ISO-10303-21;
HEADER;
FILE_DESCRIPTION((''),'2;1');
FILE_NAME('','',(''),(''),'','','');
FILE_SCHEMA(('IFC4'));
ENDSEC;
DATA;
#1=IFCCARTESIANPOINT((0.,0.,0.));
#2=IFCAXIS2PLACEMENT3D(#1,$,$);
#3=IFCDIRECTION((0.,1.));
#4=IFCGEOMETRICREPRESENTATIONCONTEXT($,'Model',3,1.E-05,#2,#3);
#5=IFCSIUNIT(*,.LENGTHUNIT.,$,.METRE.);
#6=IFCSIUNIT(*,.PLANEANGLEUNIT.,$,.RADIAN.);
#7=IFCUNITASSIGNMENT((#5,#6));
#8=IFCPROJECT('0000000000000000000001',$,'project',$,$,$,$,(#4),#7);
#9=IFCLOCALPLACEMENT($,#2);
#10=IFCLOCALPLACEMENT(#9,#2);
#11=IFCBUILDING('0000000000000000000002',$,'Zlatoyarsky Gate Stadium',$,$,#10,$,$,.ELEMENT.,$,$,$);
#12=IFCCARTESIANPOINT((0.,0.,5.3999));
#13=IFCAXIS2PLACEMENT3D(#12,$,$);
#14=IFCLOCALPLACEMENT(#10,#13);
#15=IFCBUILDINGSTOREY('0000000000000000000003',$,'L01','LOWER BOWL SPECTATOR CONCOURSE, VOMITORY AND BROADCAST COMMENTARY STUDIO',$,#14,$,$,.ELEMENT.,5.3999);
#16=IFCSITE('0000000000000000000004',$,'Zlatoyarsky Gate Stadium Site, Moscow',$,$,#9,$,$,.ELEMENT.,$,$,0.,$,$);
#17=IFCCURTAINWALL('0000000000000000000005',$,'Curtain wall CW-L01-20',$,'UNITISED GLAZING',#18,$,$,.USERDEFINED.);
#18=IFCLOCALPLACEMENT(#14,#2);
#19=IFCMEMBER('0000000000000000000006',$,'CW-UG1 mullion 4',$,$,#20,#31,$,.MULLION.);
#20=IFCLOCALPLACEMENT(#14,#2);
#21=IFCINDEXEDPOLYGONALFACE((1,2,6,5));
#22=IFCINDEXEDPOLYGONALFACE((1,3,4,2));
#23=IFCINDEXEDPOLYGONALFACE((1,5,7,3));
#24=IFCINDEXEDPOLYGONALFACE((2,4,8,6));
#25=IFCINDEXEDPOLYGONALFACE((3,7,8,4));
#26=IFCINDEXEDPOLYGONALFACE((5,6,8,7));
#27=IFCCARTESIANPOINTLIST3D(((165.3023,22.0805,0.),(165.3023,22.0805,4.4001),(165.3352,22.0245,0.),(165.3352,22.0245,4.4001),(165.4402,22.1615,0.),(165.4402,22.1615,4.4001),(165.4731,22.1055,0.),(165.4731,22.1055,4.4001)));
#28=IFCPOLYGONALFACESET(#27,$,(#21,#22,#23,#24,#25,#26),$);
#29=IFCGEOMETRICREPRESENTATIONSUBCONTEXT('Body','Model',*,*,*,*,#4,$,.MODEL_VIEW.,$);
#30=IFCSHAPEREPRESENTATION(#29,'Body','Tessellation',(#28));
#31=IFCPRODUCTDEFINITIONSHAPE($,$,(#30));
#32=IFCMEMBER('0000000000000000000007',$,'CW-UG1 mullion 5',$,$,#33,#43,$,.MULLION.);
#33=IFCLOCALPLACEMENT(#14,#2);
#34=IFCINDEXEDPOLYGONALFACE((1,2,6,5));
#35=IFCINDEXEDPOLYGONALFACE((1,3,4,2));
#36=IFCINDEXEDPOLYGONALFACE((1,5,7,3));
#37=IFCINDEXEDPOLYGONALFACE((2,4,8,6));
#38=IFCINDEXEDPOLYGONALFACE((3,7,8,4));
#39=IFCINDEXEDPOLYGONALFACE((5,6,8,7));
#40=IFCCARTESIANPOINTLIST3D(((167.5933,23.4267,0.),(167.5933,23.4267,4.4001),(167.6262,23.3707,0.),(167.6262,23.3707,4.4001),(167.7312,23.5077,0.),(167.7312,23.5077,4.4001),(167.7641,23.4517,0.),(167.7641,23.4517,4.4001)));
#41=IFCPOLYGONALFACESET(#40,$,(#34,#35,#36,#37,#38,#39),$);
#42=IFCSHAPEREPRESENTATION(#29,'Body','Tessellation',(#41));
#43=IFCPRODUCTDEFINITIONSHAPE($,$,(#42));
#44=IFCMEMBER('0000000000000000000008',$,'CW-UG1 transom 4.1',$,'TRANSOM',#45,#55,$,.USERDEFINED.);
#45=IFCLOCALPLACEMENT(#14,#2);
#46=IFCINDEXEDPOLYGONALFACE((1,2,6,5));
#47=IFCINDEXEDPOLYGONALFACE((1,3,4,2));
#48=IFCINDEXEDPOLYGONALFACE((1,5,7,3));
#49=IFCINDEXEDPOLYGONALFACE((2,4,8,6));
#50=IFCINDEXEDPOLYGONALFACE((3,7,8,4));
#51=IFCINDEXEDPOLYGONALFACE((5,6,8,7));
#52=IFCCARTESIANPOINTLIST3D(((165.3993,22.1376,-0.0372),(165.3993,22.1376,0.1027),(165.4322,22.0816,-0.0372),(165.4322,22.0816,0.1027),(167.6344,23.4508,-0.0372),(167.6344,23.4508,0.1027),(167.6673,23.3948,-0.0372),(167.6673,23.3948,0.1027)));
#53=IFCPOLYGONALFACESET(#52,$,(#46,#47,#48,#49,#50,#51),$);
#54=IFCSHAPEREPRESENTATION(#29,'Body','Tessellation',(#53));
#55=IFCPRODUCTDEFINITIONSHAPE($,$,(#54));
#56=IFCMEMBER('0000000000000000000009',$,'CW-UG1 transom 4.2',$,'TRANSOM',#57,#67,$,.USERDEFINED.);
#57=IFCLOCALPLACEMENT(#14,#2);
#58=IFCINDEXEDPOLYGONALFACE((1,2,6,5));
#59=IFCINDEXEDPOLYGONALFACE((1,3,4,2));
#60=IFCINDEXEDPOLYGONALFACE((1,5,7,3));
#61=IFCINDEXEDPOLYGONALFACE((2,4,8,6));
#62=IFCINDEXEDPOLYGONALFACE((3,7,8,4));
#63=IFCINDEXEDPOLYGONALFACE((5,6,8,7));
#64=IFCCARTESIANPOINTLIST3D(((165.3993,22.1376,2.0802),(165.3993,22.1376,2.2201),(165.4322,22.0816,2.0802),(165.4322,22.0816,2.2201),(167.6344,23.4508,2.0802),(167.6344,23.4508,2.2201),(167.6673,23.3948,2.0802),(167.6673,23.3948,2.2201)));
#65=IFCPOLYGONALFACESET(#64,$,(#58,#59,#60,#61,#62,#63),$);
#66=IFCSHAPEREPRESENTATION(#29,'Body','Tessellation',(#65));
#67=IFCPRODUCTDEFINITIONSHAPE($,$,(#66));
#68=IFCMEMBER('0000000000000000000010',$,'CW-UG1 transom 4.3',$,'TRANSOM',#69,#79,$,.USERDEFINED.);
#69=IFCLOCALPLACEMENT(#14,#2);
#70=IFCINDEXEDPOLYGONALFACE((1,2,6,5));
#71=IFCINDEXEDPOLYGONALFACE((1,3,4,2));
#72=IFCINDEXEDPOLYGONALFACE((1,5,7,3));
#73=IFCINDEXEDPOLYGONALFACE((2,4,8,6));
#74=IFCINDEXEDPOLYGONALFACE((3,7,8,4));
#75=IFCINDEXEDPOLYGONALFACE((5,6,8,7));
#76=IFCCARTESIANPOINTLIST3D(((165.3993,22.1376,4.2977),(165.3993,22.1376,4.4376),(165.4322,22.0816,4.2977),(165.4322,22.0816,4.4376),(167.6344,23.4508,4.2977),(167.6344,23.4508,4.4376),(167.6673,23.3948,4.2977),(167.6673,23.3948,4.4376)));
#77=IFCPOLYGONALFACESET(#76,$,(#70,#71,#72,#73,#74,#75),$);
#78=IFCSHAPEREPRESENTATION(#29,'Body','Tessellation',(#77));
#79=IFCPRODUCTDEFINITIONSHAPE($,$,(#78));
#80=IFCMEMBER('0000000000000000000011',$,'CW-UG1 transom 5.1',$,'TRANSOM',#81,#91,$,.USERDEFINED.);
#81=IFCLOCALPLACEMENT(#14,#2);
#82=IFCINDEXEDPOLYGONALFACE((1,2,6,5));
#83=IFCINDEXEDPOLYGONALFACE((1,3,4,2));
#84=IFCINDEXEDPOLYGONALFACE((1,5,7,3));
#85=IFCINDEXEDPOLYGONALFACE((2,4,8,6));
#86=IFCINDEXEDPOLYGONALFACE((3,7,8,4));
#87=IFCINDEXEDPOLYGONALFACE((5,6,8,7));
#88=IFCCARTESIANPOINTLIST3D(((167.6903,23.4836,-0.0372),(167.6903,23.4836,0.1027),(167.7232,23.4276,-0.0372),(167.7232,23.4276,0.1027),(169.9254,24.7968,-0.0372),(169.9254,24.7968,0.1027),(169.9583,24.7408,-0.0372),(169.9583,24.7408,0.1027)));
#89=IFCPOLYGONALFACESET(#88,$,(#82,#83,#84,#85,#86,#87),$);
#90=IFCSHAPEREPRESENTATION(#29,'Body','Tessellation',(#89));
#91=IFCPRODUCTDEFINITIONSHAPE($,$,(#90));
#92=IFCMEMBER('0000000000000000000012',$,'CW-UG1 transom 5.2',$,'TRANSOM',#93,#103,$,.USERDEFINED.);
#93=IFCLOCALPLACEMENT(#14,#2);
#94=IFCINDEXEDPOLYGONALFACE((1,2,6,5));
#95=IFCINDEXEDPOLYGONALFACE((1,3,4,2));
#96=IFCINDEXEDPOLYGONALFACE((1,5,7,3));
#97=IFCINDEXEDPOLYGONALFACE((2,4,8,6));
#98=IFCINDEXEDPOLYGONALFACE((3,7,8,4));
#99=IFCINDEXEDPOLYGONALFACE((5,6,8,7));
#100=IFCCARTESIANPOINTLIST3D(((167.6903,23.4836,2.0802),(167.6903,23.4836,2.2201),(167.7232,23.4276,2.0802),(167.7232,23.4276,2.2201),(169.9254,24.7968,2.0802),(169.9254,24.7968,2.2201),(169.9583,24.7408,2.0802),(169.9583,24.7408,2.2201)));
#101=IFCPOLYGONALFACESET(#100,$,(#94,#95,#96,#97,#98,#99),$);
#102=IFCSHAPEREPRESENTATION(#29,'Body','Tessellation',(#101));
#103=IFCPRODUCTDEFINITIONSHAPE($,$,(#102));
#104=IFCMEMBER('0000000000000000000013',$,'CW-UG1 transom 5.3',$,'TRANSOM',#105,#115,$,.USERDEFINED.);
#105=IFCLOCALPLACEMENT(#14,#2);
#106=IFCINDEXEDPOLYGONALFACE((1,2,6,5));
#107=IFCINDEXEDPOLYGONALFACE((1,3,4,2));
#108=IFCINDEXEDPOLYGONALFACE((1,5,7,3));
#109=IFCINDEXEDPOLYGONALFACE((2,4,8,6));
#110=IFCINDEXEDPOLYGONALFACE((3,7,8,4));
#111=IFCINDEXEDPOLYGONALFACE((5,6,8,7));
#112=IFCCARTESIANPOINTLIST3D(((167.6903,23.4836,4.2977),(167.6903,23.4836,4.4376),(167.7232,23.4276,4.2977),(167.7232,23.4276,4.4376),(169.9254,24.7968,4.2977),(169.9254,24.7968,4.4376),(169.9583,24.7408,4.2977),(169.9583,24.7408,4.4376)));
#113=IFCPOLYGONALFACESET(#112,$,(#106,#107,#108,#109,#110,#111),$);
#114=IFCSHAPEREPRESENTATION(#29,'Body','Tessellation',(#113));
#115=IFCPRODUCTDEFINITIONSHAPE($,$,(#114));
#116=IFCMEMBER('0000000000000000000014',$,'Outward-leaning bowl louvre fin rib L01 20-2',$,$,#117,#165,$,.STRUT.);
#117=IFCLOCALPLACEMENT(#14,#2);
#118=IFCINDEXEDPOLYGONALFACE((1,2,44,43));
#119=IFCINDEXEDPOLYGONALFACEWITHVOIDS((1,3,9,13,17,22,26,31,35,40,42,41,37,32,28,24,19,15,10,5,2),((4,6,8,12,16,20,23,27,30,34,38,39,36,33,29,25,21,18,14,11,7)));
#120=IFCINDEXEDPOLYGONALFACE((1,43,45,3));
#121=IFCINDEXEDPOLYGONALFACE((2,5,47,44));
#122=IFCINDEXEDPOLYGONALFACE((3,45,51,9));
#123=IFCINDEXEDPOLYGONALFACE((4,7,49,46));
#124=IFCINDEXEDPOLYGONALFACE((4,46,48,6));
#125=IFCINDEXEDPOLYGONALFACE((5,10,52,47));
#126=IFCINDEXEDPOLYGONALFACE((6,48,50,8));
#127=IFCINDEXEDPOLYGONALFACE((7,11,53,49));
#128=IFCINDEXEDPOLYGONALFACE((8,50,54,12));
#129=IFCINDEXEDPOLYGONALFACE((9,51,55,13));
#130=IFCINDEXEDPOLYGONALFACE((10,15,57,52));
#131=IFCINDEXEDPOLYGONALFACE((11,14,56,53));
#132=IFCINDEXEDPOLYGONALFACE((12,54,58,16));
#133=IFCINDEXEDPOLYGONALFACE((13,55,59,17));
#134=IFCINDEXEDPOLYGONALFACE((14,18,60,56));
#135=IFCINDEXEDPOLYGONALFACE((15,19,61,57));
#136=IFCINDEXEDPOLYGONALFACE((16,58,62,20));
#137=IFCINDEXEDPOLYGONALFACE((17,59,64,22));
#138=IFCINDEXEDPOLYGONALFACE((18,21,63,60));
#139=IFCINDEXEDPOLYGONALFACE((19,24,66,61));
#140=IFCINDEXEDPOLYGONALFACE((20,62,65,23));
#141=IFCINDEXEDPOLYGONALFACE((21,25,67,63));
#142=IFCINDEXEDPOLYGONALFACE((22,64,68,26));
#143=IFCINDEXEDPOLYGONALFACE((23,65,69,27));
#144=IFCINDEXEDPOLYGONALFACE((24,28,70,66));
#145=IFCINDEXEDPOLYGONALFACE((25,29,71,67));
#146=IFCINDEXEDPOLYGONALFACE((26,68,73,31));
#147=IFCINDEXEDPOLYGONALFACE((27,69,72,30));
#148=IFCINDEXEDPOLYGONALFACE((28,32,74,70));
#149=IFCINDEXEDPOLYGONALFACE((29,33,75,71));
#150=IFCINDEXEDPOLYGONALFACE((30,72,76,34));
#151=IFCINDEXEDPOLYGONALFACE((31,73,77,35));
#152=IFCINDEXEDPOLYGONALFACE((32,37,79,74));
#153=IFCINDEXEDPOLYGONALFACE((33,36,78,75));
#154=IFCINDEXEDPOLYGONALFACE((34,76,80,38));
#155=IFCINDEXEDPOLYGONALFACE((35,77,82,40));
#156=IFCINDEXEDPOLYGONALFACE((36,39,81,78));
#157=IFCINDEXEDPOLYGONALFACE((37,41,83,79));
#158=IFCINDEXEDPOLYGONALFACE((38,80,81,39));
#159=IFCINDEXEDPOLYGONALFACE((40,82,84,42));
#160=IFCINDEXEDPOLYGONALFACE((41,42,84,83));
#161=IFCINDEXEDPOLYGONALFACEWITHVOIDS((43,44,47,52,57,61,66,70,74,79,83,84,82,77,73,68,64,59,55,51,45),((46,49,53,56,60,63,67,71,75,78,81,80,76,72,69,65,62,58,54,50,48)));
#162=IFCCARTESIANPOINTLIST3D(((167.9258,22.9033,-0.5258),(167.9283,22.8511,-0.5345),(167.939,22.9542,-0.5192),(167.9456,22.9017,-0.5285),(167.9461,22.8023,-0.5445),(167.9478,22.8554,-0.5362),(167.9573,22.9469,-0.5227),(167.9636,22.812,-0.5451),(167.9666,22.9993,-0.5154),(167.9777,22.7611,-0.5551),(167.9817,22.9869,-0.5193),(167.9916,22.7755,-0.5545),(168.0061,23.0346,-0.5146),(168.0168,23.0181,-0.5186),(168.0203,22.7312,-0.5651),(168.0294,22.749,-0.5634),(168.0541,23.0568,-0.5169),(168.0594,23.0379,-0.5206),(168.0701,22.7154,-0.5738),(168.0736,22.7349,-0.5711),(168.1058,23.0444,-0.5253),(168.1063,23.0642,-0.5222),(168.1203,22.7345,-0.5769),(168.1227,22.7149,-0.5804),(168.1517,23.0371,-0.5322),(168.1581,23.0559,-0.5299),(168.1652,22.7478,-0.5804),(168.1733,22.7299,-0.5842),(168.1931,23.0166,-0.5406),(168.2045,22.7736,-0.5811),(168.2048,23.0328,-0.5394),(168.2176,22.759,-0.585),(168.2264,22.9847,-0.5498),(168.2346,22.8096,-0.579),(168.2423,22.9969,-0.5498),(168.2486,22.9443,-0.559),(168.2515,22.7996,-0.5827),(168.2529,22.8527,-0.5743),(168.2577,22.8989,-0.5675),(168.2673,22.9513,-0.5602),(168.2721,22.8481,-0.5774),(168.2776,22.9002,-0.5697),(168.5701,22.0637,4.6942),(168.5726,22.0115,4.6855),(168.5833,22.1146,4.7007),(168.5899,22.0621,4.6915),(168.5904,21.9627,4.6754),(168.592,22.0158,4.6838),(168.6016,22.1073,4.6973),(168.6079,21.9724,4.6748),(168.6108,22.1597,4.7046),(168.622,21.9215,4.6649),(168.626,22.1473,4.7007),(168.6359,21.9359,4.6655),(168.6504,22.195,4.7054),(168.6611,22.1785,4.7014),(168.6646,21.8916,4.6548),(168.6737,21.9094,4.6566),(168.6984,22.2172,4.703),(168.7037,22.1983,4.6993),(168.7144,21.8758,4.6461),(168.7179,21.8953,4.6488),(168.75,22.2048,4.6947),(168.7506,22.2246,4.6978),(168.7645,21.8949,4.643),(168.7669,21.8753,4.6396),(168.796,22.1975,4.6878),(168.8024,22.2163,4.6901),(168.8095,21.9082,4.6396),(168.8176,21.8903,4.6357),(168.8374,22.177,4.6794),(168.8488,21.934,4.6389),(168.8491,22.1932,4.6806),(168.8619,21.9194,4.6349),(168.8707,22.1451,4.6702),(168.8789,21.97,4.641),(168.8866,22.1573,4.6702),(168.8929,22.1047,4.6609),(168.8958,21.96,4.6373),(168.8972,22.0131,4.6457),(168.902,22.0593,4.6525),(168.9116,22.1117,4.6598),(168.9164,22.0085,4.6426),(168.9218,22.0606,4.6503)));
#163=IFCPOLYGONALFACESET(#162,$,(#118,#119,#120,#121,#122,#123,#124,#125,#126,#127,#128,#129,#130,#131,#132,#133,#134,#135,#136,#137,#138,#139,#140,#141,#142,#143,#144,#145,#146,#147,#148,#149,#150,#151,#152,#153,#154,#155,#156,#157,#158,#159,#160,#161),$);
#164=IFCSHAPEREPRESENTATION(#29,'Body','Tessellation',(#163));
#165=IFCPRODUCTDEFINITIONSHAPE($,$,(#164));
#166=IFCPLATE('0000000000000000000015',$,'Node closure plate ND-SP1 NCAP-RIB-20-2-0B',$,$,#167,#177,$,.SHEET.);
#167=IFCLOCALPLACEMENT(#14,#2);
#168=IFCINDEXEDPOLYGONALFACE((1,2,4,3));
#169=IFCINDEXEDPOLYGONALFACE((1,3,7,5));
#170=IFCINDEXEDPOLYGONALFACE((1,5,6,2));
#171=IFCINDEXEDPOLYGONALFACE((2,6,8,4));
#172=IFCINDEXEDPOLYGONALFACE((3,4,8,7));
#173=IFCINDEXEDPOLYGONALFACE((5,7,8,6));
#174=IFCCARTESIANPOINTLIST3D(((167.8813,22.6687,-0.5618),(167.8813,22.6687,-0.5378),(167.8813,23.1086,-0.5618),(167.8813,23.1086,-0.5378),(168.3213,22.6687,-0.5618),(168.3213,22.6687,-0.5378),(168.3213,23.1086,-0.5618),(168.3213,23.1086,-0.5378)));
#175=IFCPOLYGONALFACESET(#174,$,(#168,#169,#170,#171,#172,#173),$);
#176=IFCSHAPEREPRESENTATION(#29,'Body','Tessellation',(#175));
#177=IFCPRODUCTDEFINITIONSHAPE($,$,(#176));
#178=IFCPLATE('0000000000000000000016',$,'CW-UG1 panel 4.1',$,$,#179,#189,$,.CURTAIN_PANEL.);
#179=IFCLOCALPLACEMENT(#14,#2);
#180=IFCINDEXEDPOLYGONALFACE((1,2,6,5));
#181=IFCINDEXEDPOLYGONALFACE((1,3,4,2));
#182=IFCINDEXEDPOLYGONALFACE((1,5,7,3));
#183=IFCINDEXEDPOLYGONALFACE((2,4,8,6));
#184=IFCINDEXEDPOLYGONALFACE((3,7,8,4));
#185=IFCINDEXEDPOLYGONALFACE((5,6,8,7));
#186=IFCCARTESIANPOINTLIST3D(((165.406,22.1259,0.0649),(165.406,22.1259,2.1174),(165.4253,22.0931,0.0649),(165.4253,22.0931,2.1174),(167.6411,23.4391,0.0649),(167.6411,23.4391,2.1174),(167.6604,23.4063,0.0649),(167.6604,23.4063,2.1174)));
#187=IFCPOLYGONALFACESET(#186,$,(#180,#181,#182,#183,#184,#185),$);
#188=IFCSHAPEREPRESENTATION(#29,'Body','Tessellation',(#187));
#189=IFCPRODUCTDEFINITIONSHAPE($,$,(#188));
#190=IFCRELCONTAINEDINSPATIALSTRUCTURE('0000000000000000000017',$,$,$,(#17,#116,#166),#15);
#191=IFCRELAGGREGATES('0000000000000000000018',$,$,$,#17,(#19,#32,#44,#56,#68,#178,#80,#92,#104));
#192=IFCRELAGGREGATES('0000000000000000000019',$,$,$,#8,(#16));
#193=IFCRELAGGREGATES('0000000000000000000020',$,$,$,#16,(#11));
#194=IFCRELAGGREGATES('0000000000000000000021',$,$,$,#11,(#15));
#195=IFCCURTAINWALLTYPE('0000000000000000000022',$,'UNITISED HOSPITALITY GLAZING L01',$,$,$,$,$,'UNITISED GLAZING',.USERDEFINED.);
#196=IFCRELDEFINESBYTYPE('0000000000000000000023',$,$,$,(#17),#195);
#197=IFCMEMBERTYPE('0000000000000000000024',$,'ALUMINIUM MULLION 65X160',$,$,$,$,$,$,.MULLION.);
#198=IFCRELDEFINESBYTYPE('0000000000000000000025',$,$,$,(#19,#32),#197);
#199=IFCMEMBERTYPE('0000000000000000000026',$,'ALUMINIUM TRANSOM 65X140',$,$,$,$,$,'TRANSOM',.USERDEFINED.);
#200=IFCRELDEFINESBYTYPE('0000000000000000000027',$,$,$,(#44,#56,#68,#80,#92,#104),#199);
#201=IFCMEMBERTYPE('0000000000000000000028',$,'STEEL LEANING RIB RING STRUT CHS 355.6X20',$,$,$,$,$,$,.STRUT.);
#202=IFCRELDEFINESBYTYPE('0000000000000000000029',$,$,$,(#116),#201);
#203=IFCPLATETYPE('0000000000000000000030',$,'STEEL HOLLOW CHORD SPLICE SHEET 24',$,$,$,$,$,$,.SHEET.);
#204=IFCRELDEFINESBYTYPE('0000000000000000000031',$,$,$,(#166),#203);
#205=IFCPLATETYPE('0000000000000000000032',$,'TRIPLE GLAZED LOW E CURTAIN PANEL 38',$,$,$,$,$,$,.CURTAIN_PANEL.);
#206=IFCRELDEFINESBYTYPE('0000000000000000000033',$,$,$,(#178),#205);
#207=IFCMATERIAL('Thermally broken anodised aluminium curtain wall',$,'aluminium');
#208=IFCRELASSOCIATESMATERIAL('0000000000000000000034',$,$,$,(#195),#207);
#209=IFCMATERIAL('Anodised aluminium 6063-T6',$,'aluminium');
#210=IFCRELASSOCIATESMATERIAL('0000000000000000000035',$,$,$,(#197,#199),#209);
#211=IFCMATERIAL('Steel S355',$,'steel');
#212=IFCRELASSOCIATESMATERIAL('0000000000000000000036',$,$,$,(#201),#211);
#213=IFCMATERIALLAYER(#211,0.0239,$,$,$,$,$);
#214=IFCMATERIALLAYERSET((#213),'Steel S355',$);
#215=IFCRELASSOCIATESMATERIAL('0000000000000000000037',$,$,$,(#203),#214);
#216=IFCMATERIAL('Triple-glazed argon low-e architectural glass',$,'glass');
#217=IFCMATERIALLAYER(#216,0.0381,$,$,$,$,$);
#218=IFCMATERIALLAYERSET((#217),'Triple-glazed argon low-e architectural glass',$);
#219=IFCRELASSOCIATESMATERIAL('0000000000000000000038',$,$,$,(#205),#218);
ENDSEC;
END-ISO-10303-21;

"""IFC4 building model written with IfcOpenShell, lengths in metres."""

from ifc_helpers import new_model, si_unit, direction, frame, origin, origin_2d, place, context, subcontext, project, spatial, rectangle, hollow_circle, extrude, material, layer, layer_set, material_profile, profile_set, type_object, element, aggregate, save


model = new_model("IFC4")

# Units and contexts
model_context = context("Model", 3, precision=1e-05, world=origin(), true_north=direction((0.0, 1.0)))
body_context = subcontext(model_context, "Body", "Model", "MODEL_VIEW")
ifc_project = project(units=[si_unit("LENGTHUNIT", "METRE"), si_unit("PLANEANGLEUNIT", "RADIAN")], contexts=[model_context])

# Site, building, storey
site_placement = place(None, origin())
site = spatial("IfcSite", under=ifc_project, at=site_placement, Name="Zlatoyarsky Gate Stadium Site, Moscow", CompositionType="ELEMENT", RefElevation=0.0)
building_placement = place(site_placement, origin())
building = spatial("IfcBuilding", under=site, at=building_placement, Name="Zlatoyarsky Gate Stadium", CompositionType="ELEMENT")
storey_placement = place(building_placement, frame((0.0, 0.0, 5.3999)))
storey = spatial("IfcBuildingStorey", under=building, at=storey_placement, Name="L01", Description="LOWER BOWL SPECTATOR CONCOURSE, VOMITORY AND BROADCAST COMMENTARY STUDIO", CompositionType="ELEMENT", Elevation=5.3999)

# Curtain wall, members
ifc_material_1 = material(Name="Thermally broken anodised aluminium curtain wall", Category="aluminium")
curtain_wall_type = type_object("IfcCurtainWallType", Name="UNITISED HOSPITALITY GLAZING L01", ElementType="UNITISED GLAZING", PredefinedType="USERDEFINED", material=ifc_material_1)
curtain_wall_placement = place(storey_placement, origin())
curtain_wall = element("IfcCurtainWall", 1, at=curtain_wall_placement, inside=storey, type_object=curtain_wall_type, Name="Curtain wall CW-L01-20", ObjectType="UNITISED GLAZING", PredefinedType="USERDEFINED")
ifc_material_2 = material(Name="Anodised aluminium 6063-T6", Category="aluminium")
ifc_material_profile_1 = material_profile(ifc_material_2, rectangle(XDim=0.0649, YDim=0.1599, at=origin_2d()), Name="ALU 65X160")
ifc_profile_set_1 = profile_set([ifc_material_profile_1], Name="Anodised aluminium 6063-T6")
member_type_1 = type_object("IfcMemberType", Name="ALUMINIUM MULLION 65X160", PredefinedType="MULLION", material=ifc_profile_set_1)
member_1_placement = place(storey_placement, frame((165.3877, 22.093, 0.0), z_axis=(0.0, 0.0, 1.0), x_axis=(-0.50659, 0.862187, 0.0)))
member_1 = element("IfcMember", 2, at=member_1_placement, type_object=member_type_1, Name="CW-UG1 mullion 4", PredefinedType="MULLION", context=body_context, shape_type="SweptSolid", body=[
    extrude(rectangle(XDim=0.0649, YDim=0.1599, at=origin_2d()), origin(), (0.0, 0.0, 1.0), 4.4001),
])
member_2_placement = place(storey_placement, frame((167.6787, 23.4392, 0.0), z_axis=(0.0, 0.0, 1.0), x_axis=(-0.50659, 0.862187, 0.0)))
member_2 = element("IfcMember", 3, at=member_2_placement, type_object=member_type_1, Name="CW-UG1 mullion 5", PredefinedType="MULLION", context=body_context, shape_type="SweptSolid", body=[
    extrude(rectangle(XDim=0.0649, YDim=0.1599, at=origin_2d()), origin(), (0.0, 0.0, 1.0), 4.4001),
])
ifc_material_profile_2 = material_profile(ifc_material_2, rectangle(XDim=0.0649, YDim=0.1399, at=origin_2d()), Name="ALU 65X140")
ifc_profile_set_2 = profile_set([ifc_material_profile_2], Name="Anodised aluminium 6063-T6")
member_type_2 = type_object("IfcMemberType", Name="ALUMINIUM TRANSOM 65X140", ElementType="TRANSOM", PredefinedType="USERDEFINED", material=ifc_profile_set_2)
member_3_placement = place(storey_placement, frame((165.4158, 22.1096, 0.0327), z_axis=(0.862193, 0.50658, 0.0), x_axis=(-0.50658, 0.862193, 0.0)))
member_3 = element("IfcMember", 4, at=member_3_placement, type_object=member_type_2, Name="CW-UG1 transom 4.1", ObjectType="TRANSOM", PredefinedType="USERDEFINED", context=body_context, shape_type="SweptSolid", body=[
    extrude(rectangle(XDim=0.0649, YDim=0.1399, at=origin_2d()), origin(), (0.0, 0.0, 1.0), 2.5923),
])
member_4_placement = place(storey_placement, frame((165.4158, 22.1096, 2.1501), z_axis=(0.862193, 0.50658, 0.0), x_axis=(-0.50658, 0.862193, 0.0)))
member_4 = element("IfcMember", 5, at=member_4_placement, type_object=member_type_2, Name="CW-UG1 transom 4.2", ObjectType="TRANSOM", PredefinedType="USERDEFINED", context=body_context, shape_type="SweptSolid", body=[
    extrude(rectangle(XDim=0.0649, YDim=0.1399, at=origin_2d()), origin(), (0.0, 0.0, 1.0), 2.5923),
])
member_5_placement = place(storey_placement, frame((165.4158, 22.1096, 4.3677), z_axis=(0.862193, 0.50658, 0.0), x_axis=(-0.50658, 0.862193, 0.0)))
member_5 = element("IfcMember", 6, at=member_5_placement, type_object=member_type_2, Name="CW-UG1 transom 4.3", ObjectType="TRANSOM", PredefinedType="USERDEFINED", context=body_context, shape_type="SweptSolid", body=[
    extrude(rectangle(XDim=0.0649, YDim=0.1399, at=origin_2d()), origin(), (0.0, 0.0, 1.0), 2.5923),
])
member_6_placement = place(storey_placement, frame((167.7068, 23.4556, 0.0327), z_axis=(0.862193, 0.50658, 0.0), x_axis=(-0.50658, 0.862193, 0.0)))
member_6 = element("IfcMember", 7, at=member_6_placement, type_object=member_type_2, Name="CW-UG1 transom 5.1", ObjectType="TRANSOM", PredefinedType="USERDEFINED", context=body_context, shape_type="SweptSolid", body=[
    extrude(rectangle(XDim=0.0649, YDim=0.1399, at=origin_2d()), origin(), (0.0, 0.0, 1.0), 2.5923),
])
member_7_placement = place(storey_placement, frame((167.7068, 23.4556, 2.1501), z_axis=(0.862193, 0.50658, 0.0), x_axis=(-0.50658, 0.862193, 0.0)))
member_7 = element("IfcMember", 8, at=member_7_placement, type_object=member_type_2, Name="CW-UG1 transom 5.2", ObjectType="TRANSOM", PredefinedType="USERDEFINED", context=body_context, shape_type="SweptSolid", body=[
    extrude(rectangle(XDim=0.0649, YDim=0.1399, at=origin_2d()), origin(), (0.0, 0.0, 1.0), 2.5923),
])
member_8_placement = place(storey_placement, frame((167.7068, 23.4556, 4.3677), z_axis=(0.862193, 0.50658, 0.0), x_axis=(-0.50658, 0.862193, 0.0)))
member_8 = element("IfcMember", 9, at=member_8_placement, type_object=member_type_2, Name="CW-UG1 transom 5.3", ObjectType="TRANSOM", PredefinedType="USERDEFINED", context=body_context, shape_type="SweptSolid", body=[
    extrude(rectangle(XDim=0.0649, YDim=0.1399, at=origin_2d()), origin(), (0.0, 0.0, 1.0), 2.5923),
])

# Member
ifc_material_3 = material(Name="Steel S355", Category="steel")
ifc_material_profile_3 = material_profile(ifc_material_3, hollow_circle(Radius=0.1777, WallThickness=0.02, at=origin_2d()), Name="CHS 355.6X20")
ifc_profile_set_3 = profile_set([ifc_material_profile_3], Name="Steel S355")
member_type_3 = type_object("IfcMemberType", Name="STEEL LEANING RIB RING STRUT CHS 355.6X20", PredefinedType="STRUT", material=ifc_profile_set_3)
member_9_placement = place(storey_placement, frame((168.1013, 22.8887, -0.5498), z_axis=(0.120966, -0.157637, 0.98006), x_axis=(0.793335, 0.608785, 0.0)))
element("IfcMember", 10, at=member_9_placement, inside=storey, type_object=member_type_3, Name="Outward-leaning bowl louvre fin rib L01 20-2", PredefinedType="STRUT", context=body_context, shape_type="SweptSolid", body=[
    extrude(hollow_circle(Radius=0.1777, WallThickness=0.02, at=origin_2d()), origin(), (0.0, 0.0, 1.0), 5.3262),
])

# Plates
ifc_layer_1 = layer(ifc_material_3, 0.0239)
ifc_layer_set_1 = layer_set([ifc_layer_1], Name="Steel S355")
plate_type_1 = type_object("IfcPlateType", Name="STEEL HOLLOW CHORD SPLICE SHEET 24", PredefinedType="SHEET", material=ifc_layer_set_1)
plate_1_placement = place(storey_placement, frame((168.1013, 22.8887, -0.5618), z_axis=(0.0, 0.0, 1.0), x_axis=(1.0, 0.0, 0.0)))
element("IfcPlate", 11, at=plate_1_placement, inside=storey, type_object=plate_type_1, Name="Node closure plate ND-SP1 NCAP-RIB-20-2-0B", PredefinedType="SHEET", context=body_context, shape_type="SweptSolid", body=[
    extrude(rectangle(XDim=0.4399, YDim=0.4399, at=origin_2d()), origin(), (0.0, 0.0, 1.0), 0.0239),
])
ifc_material_4 = material(Name="Triple-glazed argon low-e architectural glass", Category="glass")
ifc_layer_2 = layer(ifc_material_4, 0.0381)
ifc_layer_set_2 = layer_set([ifc_layer_2], Name="Triple-glazed argon low-e architectural glass")
plate_type_2 = type_object("IfcPlateType", Name="TRIPLE GLAZED LOW E CURTAIN PANEL 38", PredefinedType="CURTAIN_PANEL", material=ifc_layer_set_2)
plate_2_placement = place(storey_placement, frame((166.5332, 22.7661, 0.0649), z_axis=(0.0, 0.0, 1.0), x_axis=(0.862187, 0.50659, 0.0)))
plate_2 = element("IfcPlate", 12, at=plate_2_placement, type_object=plate_type_2, Name="CW-UG1 panel 4.1", PredefinedType="CURTAIN_PANEL", context=body_context, shape_type="SweptSolid", body=[
    extrude(rectangle(XDim=2.5923, YDim=0.0381, at=origin_2d()), origin(), (0.0, 0.0, 1.0), 2.0525),
])
aggregate(curtain_wall, [member_1, member_2, member_3, member_4, member_5, plate_2, member_6, member_7, member_8])

save(model, "model.ifc")
